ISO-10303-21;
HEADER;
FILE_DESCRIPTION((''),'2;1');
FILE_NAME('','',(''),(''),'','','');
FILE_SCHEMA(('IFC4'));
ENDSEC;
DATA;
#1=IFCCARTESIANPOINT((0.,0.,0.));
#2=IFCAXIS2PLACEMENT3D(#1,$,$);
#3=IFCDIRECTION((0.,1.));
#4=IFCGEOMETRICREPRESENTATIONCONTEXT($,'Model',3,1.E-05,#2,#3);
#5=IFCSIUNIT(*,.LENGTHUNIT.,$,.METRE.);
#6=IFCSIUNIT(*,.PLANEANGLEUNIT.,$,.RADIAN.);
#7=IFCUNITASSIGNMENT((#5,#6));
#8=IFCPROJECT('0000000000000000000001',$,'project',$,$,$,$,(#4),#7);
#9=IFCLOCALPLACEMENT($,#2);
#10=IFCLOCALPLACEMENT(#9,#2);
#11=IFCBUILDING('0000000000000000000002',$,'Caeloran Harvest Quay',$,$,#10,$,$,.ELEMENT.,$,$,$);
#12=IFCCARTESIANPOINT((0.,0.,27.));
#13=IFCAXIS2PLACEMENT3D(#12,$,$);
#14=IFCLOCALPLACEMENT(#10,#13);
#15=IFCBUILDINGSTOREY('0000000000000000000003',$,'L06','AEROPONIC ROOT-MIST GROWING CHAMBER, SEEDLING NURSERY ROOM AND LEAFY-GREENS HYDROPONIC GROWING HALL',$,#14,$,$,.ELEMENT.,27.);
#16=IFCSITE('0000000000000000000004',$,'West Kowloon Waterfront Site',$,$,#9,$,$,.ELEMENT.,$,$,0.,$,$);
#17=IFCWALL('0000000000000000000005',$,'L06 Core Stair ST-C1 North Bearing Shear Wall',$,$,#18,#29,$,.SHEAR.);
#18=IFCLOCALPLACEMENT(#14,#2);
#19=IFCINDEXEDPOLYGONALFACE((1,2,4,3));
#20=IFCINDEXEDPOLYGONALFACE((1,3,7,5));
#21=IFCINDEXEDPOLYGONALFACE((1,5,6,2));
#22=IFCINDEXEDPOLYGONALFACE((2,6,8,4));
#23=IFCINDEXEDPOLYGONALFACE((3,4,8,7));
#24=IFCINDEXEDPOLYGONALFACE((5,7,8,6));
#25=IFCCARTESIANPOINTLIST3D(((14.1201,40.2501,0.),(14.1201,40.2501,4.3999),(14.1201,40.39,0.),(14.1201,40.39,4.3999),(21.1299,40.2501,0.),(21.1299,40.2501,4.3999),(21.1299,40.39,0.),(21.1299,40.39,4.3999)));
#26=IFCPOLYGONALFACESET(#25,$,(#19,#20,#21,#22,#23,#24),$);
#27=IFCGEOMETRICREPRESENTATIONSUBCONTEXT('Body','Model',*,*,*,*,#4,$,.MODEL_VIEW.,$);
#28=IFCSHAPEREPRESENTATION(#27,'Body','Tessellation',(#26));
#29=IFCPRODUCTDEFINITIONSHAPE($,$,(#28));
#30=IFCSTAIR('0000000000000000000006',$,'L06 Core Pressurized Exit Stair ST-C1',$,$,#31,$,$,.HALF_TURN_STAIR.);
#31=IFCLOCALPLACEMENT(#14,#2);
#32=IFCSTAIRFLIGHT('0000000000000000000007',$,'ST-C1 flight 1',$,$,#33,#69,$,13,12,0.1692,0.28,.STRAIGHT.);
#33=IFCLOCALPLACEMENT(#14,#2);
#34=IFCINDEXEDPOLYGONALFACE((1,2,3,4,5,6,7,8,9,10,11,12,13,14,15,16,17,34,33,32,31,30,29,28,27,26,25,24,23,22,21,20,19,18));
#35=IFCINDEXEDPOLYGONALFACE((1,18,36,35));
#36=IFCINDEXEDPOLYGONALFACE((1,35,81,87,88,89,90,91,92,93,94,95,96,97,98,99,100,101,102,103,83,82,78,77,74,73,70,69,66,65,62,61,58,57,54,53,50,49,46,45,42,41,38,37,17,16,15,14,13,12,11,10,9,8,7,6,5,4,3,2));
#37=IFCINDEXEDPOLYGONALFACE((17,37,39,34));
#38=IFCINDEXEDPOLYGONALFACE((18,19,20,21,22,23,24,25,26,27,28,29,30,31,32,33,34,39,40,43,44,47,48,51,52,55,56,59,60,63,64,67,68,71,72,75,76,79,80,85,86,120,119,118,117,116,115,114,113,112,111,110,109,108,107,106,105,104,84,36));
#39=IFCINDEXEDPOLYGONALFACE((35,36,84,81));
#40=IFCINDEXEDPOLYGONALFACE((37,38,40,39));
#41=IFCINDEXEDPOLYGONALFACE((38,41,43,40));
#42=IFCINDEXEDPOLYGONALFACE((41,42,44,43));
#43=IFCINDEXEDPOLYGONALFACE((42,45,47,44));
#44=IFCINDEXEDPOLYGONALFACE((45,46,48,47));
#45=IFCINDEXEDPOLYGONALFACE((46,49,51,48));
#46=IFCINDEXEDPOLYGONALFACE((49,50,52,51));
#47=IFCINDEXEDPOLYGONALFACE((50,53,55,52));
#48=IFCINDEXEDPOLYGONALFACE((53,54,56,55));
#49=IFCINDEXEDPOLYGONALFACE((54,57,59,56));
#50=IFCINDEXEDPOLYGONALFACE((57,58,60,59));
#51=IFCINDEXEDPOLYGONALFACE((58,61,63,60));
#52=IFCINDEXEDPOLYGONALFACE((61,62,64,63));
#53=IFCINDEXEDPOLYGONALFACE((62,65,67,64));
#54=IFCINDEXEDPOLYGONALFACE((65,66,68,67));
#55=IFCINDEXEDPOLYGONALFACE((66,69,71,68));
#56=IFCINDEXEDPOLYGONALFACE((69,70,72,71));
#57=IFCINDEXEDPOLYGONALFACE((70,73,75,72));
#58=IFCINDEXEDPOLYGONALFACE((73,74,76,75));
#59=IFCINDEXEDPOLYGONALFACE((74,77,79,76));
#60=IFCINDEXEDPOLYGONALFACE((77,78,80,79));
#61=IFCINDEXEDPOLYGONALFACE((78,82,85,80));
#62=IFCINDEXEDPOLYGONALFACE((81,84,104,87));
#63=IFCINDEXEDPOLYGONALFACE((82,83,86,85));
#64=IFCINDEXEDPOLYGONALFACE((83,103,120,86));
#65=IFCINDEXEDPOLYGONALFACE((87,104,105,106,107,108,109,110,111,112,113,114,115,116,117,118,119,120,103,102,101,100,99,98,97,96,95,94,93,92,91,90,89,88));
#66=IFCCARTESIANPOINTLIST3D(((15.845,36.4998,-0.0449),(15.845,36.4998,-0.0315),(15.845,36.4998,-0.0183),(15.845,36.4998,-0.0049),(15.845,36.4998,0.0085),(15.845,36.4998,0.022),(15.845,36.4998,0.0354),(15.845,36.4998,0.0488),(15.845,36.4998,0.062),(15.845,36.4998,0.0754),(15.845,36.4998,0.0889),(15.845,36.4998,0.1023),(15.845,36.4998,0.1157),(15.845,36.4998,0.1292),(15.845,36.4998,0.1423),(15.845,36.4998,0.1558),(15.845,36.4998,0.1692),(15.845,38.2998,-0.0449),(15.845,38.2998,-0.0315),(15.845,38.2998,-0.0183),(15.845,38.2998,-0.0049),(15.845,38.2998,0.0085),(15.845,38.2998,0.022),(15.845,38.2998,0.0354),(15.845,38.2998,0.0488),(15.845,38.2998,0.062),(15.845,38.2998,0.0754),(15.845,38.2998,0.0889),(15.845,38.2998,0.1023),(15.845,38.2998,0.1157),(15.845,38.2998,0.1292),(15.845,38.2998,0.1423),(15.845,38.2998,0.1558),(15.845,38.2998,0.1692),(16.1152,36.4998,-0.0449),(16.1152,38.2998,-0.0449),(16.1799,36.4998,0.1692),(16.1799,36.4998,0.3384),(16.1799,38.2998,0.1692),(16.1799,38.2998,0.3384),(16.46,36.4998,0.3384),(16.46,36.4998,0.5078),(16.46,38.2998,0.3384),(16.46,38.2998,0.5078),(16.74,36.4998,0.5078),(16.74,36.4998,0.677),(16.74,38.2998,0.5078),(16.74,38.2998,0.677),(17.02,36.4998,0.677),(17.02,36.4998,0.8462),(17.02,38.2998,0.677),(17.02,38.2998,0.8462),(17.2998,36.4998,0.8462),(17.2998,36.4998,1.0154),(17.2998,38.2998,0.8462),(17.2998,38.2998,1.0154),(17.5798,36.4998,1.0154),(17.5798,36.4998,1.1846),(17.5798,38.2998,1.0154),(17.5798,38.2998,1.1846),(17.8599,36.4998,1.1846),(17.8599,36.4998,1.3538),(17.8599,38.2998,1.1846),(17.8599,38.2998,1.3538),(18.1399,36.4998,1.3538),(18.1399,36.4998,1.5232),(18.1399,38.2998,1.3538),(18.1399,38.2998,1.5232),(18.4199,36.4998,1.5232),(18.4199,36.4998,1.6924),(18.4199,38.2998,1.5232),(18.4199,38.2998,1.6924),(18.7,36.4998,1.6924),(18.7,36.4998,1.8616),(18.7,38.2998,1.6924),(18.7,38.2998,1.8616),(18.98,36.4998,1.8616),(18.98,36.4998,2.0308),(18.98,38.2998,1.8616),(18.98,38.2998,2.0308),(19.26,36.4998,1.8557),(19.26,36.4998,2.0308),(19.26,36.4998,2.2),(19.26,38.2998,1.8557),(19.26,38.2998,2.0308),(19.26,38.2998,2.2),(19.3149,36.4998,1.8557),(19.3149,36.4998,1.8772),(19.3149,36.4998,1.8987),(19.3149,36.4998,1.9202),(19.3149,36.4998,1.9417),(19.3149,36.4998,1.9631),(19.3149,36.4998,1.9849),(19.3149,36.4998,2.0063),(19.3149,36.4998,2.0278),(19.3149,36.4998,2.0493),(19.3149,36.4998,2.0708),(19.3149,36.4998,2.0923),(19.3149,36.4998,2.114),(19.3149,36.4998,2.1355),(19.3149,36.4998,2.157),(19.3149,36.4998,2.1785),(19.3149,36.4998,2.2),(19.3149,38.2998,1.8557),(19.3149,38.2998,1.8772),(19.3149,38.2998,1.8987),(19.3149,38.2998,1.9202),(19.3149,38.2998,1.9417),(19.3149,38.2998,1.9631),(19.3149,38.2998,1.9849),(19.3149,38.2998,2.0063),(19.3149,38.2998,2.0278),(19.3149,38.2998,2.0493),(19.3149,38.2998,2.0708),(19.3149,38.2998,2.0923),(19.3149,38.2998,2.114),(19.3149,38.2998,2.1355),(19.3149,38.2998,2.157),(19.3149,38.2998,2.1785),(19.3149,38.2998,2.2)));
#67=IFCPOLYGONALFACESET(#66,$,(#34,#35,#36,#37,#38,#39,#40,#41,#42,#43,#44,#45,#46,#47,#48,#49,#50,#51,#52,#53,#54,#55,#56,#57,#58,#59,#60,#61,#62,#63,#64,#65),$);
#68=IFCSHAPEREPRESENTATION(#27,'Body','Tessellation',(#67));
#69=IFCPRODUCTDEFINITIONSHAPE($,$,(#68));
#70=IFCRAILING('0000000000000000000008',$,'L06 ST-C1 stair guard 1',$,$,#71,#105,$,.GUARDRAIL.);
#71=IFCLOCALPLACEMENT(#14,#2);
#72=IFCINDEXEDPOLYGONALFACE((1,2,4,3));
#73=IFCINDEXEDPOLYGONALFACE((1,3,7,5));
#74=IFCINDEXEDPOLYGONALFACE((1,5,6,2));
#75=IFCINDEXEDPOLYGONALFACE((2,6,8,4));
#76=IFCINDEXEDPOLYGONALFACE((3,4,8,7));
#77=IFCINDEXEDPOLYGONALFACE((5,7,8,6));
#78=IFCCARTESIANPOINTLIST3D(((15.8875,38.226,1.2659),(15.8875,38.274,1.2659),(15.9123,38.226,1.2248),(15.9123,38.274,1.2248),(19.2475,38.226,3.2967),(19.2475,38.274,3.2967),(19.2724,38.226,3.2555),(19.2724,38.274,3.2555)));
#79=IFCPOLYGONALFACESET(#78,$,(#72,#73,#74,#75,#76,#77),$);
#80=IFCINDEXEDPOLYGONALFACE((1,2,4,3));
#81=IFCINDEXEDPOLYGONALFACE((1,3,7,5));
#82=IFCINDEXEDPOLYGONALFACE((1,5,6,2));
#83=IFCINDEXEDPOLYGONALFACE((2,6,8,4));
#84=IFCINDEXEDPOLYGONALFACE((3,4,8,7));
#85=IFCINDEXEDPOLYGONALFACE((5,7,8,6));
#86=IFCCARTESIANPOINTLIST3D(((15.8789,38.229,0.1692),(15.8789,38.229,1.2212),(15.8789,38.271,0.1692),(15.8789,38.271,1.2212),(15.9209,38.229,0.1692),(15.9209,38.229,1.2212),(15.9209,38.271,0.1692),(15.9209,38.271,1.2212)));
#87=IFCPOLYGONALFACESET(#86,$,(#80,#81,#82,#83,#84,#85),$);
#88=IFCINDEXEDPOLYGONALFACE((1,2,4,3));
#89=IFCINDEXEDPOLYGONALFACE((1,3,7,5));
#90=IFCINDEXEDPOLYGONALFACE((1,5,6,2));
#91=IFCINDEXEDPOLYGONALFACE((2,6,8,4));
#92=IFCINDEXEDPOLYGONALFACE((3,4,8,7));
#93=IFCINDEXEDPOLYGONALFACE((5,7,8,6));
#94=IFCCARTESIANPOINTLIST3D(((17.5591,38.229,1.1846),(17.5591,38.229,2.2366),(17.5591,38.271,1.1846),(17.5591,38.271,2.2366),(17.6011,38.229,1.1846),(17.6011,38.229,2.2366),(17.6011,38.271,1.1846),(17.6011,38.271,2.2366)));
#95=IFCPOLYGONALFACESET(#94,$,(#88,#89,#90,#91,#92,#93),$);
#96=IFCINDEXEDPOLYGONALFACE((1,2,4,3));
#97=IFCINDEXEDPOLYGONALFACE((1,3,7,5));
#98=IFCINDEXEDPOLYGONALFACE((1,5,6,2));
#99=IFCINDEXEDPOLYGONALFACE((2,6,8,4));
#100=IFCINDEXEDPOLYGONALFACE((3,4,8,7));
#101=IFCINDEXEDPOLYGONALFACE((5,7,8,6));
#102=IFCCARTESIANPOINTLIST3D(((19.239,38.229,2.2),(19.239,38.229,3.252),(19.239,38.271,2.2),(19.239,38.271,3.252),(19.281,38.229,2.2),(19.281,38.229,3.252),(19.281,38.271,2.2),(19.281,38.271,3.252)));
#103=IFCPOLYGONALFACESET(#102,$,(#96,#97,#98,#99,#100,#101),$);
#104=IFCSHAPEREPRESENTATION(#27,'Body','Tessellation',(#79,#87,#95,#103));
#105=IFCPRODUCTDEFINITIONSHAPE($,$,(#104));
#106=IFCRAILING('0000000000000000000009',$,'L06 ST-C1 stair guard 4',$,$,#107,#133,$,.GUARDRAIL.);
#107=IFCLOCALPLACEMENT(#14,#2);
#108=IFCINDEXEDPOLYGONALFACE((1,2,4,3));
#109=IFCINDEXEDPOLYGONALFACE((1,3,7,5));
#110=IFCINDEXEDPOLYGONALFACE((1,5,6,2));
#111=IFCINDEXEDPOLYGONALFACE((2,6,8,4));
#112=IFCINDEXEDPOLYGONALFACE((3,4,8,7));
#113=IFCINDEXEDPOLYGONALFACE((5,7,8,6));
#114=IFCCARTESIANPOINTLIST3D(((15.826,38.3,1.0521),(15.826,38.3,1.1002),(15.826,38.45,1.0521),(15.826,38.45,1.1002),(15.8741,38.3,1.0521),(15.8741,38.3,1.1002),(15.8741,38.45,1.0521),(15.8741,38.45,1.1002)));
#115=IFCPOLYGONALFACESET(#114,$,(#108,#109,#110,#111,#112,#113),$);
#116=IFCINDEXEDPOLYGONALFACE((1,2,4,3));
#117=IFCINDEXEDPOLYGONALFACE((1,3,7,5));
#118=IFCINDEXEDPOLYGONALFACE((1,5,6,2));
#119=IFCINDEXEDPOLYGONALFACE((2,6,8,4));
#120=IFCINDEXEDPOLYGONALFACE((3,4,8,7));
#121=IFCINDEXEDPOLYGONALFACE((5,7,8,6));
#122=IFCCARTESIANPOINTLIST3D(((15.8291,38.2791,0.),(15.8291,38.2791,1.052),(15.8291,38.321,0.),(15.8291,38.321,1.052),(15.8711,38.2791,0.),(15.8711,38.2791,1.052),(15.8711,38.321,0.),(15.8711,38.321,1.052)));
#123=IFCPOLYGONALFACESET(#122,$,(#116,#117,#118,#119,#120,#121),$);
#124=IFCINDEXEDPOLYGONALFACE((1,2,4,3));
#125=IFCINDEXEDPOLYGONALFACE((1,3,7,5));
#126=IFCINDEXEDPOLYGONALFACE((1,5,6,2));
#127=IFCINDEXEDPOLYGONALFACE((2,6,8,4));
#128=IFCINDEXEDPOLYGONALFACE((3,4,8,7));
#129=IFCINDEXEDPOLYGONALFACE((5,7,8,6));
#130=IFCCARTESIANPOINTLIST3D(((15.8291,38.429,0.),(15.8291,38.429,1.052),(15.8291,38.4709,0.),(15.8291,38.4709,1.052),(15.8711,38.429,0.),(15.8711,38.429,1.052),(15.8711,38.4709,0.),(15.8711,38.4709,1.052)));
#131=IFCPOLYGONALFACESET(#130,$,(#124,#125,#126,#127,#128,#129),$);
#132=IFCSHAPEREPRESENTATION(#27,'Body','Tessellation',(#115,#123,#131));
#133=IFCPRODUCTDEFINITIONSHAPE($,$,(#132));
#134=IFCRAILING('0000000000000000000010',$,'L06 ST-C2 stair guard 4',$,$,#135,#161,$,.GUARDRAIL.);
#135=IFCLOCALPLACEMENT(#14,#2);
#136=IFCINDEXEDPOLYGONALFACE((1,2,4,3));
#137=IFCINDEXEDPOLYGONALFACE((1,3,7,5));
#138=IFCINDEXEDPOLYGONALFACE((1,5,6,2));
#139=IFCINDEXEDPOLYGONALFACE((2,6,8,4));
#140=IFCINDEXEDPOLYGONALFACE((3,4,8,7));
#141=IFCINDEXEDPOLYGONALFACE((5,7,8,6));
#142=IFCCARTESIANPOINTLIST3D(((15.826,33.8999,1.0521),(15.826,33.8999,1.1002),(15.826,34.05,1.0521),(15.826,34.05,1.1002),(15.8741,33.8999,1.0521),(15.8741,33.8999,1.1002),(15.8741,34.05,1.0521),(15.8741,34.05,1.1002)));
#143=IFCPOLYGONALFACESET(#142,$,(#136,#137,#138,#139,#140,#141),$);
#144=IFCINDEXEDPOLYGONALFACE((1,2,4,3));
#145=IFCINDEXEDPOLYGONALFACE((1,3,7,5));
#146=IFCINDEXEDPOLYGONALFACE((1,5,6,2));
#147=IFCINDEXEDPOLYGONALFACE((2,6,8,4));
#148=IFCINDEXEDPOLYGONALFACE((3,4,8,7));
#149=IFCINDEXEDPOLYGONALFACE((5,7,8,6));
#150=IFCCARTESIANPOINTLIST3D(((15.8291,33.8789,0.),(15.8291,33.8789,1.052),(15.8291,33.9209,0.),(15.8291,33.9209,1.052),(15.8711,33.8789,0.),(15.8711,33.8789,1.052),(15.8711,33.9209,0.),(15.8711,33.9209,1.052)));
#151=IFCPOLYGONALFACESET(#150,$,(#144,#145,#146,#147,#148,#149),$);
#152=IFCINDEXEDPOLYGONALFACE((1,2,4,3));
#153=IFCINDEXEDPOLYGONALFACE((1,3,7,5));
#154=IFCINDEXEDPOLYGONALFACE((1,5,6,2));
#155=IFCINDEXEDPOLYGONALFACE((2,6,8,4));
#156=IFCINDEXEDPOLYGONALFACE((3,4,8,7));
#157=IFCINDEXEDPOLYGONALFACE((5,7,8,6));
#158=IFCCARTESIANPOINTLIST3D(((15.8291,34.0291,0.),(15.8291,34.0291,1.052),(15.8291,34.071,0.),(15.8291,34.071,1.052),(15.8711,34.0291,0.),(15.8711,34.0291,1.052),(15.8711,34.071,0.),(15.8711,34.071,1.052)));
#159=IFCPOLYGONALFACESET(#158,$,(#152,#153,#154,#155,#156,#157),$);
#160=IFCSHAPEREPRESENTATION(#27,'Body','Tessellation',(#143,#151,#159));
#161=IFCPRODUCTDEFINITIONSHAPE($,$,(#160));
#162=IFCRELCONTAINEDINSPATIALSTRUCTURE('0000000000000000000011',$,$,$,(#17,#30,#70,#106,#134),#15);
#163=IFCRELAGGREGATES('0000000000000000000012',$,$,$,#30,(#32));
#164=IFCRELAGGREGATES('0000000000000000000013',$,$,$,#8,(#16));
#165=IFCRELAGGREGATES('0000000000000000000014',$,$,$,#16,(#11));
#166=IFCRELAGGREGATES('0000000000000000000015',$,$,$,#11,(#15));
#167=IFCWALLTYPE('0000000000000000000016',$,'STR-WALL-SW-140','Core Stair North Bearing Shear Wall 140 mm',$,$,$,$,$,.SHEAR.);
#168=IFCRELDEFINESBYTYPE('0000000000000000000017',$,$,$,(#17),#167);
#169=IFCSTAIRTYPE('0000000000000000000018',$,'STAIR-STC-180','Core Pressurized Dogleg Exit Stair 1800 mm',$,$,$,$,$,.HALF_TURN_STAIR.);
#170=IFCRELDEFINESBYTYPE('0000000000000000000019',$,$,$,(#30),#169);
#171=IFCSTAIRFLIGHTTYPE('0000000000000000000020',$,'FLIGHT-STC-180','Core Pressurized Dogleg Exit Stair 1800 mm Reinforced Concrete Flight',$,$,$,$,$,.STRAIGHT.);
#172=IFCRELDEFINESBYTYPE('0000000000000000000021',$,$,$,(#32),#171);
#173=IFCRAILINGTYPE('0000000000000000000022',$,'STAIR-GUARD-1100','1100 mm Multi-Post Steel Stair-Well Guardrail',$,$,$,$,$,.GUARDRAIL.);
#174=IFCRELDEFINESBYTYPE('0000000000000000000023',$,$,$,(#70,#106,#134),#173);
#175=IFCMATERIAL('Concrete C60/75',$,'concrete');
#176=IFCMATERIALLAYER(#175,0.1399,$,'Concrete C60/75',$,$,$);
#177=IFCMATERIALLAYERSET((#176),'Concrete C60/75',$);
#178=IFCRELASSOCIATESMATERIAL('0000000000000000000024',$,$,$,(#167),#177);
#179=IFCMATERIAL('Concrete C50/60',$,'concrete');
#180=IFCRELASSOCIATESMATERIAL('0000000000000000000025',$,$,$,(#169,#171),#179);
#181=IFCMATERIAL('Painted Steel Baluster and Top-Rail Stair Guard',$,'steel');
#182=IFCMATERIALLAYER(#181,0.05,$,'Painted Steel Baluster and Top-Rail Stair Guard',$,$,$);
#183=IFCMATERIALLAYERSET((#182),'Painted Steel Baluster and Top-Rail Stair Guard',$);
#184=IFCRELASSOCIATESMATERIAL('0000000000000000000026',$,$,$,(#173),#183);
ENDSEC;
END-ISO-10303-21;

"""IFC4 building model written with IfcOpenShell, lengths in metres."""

from ifc_helpers import new_model, si_unit, direction, frame, frame_2d, origin, origin_2d, place, context, subcontext, project, spatial, polyline, rectangle, outline, extrude, material, layer, layer_set, type_object, element, aggregate, save


model = new_model("IFC4")

# Units and contexts
model_context = context("Model", 3, precision=1e-05, world=origin(), true_north=direction((0.0, 1.0)))
body_context = subcontext(model_context, "Body", "Model", "MODEL_VIEW")
ifc_project = project(units=[si_unit("LENGTHUNIT", "METRE"), si_unit("PLANEANGLEUNIT", "RADIAN")], contexts=[model_context])

# Site, building, storey
site_placement = place(None, origin())
site = spatial("IfcSite", under=ifc_project, at=site_placement, Name="West Kowloon Waterfront Site", CompositionType="ELEMENT", RefElevation=0.0)
building_placement = place(site_placement, origin())
building = spatial("IfcBuilding", under=site, at=building_placement, Name="Caeloran Harvest Quay", CompositionType="ELEMENT")
storey_placement = place(building_placement, frame((0.0, 0.0, 27.0)))
storey = spatial("IfcBuildingStorey", under=building, at=storey_placement, Name="L06", Description="AEROPONIC ROOT-MIST GROWING CHAMBER, SEEDLING NURSERY ROOM AND LEAFY-GREENS HYDROPONIC GROWING HALL", CompositionType="ELEMENT", Elevation=27.0)

# Shared definitions
ifc_material_1 = material(Name="Concrete C50/60", Category="concrete")

# Wall
ifc_material_2 = material(Name="Concrete C60/75", Category="concrete")
ifc_layer_1 = layer(ifc_material_2, 0.1399, Name="Concrete C60/75")
ifc_layer_set_1 = layer_set([ifc_layer_1], Name="Concrete C60/75")
wall_type_1 = type_object("IfcWallType", Name="STR-WALL-SW-140", Description="Core Stair North Bearing Shear Wall 140 mm", PredefinedType="SHEAR", material=ifc_layer_set_1)
wall_1_placement = place(storey_placement, frame((14.1201, 40.3201, 0.0), z_axis=(0.0, 0.0, 1.0), x_axis=(1.0, 0.0, 0.0)))
element("IfcWall", 1, at=wall_1_placement, inside=storey, type_object=wall_type_1, Name="L06 Core Stair ST-C1 North Bearing Shear Wall", PredefinedType="SHEAR", context=body_context, shape_type="SweptSolid", body=[
    extrude(rectangle(XDim=7.0098, YDim=0.1399, at=frame_2d((3.5049, 0.0))), origin(), (0.0, 0.0, 1.0), 4.3999),
])

# Stair, stair flight
stair_type = type_object("IfcStairType", Name="STAIR-STC-180", Description="Core Pressurized Dogleg Exit Stair 1800 mm", PredefinedType="HALF_TURN_STAIR", material=ifc_material_1)
stair_placement = place(storey_placement, origin())
stair = element("IfcStair", 2, at=stair_placement, inside=storey, type_object=stair_type, Name="L06 Core Pressurized Exit Stair ST-C1", PredefinedType="HALF_TURN_STAIR")
stair_flight_type = type_object("IfcStairFlightType", Name="FLIGHT-STC-180", Description="Core Pressurized Dogleg Exit Stair 1800 mm Reinforced Concrete Flight", PredefinedType="STRAIGHT", material=ifc_material_1)
stair_flight_placement = place(storey_placement, frame((15.8999, 37.3999, 0.0), z_axis=(0.0, 0.0, 1.0), x_axis=(1.0, 0.0, 0.0)))
stair_flight = element("IfcStairFlight", 3, at=stair_flight_placement, type_object=stair_flight_type, Name="ST-C1 flight 1", NumberOfRisers=13, NumberOfTreads=12, PredefinedType="STRAIGHT", RiserHeight=0.1692, TreadLength=0.28, context=body_context, shape_type="SweptSolid", body=[
    extrude(outline(polyline([(-0.0549, -0.0449), (-0.0549, -0.0315), (-0.0549, -0.0183), (-0.0549, -0.0049), (-0.0549, 0.0085), (-0.0549, 0.022), (-0.0549, 0.0354), (-0.0549, 0.0488), (-0.0549, 0.062), (-0.0549, 0.0754), (-0.0549, 0.0889), (-0.0549, 0.1023), (-0.0549, 0.1157), (-0.0549, 0.1292), (-0.0549, 0.1423), (-0.0549, 0.1558), (-0.0549, 0.1692), (0.28, 0.1692), (0.28, 0.3384), (0.5601, 0.3384), (0.5601, 0.5078), (0.8401, 0.5078), (0.8401, 0.677), (1.1201, 0.677), (1.1201, 0.8462), (1.3999, 0.8462), (1.3999, 1.0154), (1.6799, 1.0154), (1.6799, 1.1846), (1.96, 1.1846), (1.96, 1.3538), (2.24, 1.3538), (2.24, 1.5232), (2.52, 1.5232), (2.52, 1.6924), (2.8, 1.6924), (2.8, 1.8616), (3.0801, 1.8616), (3.0801, 2.0308), (3.3601, 2.0308), (3.3601, 2.2), (3.415, 2.2), (3.415, 2.1785), (3.415, 2.157), (3.415, 2.1355), (3.415, 2.114), (3.415, 2.0923), (3.415, 2.0708), (3.415, 2.0493), (3.415, 2.0278), (3.415, 2.0063), (3.415, 1.9849), (3.415, 1.9631), (3.415, 1.9417), (3.415, 1.9202), (3.415, 1.8987), (3.415, 1.8772), (3.415, 1.8557), (3.3601, 1.8557), (0.2153, -0.0449), (-0.0549, -0.0449)])), frame((0.0, 0.8999, 0.0), z_axis=(0.0, -1.0, 0.0), x_axis=(1.0, 0.0, 0.0)), (0.0, 0.0, 1.0), 1.8),
])
aggregate(stair, [stair_flight])

# Railings
ifc_material_3 = material(Name="Painted Steel Baluster and Top-Rail Stair Guard", Category="steel")
ifc_layer_2 = layer(ifc_material_3, 0.05, Name="Painted Steel Baluster and Top-Rail Stair Guard")
ifc_layer_set_2 = layer_set([ifc_layer_2], Name="Painted Steel Baluster and Top-Rail Stair Guard")
railing_type_1 = type_object("IfcRailingType", Name="STAIR-GUARD-1100", Description="1100 mm Multi-Post Steel Stair-Well Guardrail", PredefinedType="GUARDRAIL", material=ifc_layer_set_2)
railing_1_placement = place(storey_placement, frame((15.8999, 38.25, 0.1692)))
element("IfcRailing", 4, at=railing_1_placement, inside=storey, type_object=railing_type_1, Name="L06 ST-C1 stair guard 1", PredefinedType="GUARDRAIL", context=body_context, shape_type="SweptSolid", body=[
    extrude(rectangle(XDim=0.0481, YDim=0.0481, at=origin_2d()), frame((0.0, 0.0, 1.0762), z_axis=(0.855837, 0.0, 0.517246), x_axis=(0.0, 1.0, 0.0)), (0.0, 0.0, 1.0), 3.926),
    extrude(rectangle(XDim=0.042, YDim=0.042, at=origin_2d()), origin(), (0.0, 0.0, 1.0), 1.052),
    extrude(rectangle(XDim=0.042, YDim=0.042, at=origin_2d()), frame((1.6802, 0.0, 1.0154)), (0.0, 0.0, 1.0), 1.052),
    extrude(rectangle(XDim=0.042, YDim=0.042, at=origin_2d()), frame((3.3601, 0.0, 2.0308)), (0.0, 0.0, 1.0), 1.052),
])
railing_2_placement = place(storey_placement, frame((15.8501, 38.3, 0.0)))
element("IfcRailing", 5, at=railing_2_placement, inside=storey, type_object=railing_type_1, Name="L06 ST-C1 stair guard 4", PredefinedType="GUARDRAIL", context=body_context, shape_type="SweptSolid", body=[
    extrude(rectangle(XDim=0.0481, YDim=0.0481, at=origin_2d()), frame((0.0, 0.0, 1.0762), z_axis=(0.0, 1.0, 0.0), x_axis=(-1.0, 0.0, 0.0)), (0.0, 0.0, 1.0), 0.1499),
    extrude(rectangle(XDim=0.042, YDim=0.042, at=origin_2d()), origin(), (0.0, 0.0, 1.0), 1.052),
    extrude(rectangle(XDim=0.042, YDim=0.042, at=origin_2d()), frame((0.0, 0.1499, 0.0)), (0.0, 0.0, 1.0), 1.052),
])
railing_3_placement = place(storey_placement, frame((15.8501, 33.8999, 0.0)))
element("IfcRailing", 6, at=railing_3_placement, inside=storey, type_object=railing_type_1, Name="L06 ST-C2 stair guard 4", PredefinedType="GUARDRAIL", context=body_context, shape_type="SweptSolid", body=[
    extrude(rectangle(XDim=0.0481, YDim=0.0481, at=origin_2d()), frame((0.0, 0.0, 1.0762), z_axis=(0.0, 1.0, 0.0), x_axis=(-1.0, 0.0, 0.0)), (0.0, 0.0, 1.0), 0.1501),
    extrude(rectangle(XDim=0.042, YDim=0.042, at=origin_2d()), origin(), (0.0, 0.0, 1.0), 1.052),
    extrude(rectangle(XDim=0.042, YDim=0.042, at=origin_2d()), frame((0.0, 0.1501, 0.0)), (0.0, 0.0, 1.0), 1.052),
])

save(model, "model.ifc")
